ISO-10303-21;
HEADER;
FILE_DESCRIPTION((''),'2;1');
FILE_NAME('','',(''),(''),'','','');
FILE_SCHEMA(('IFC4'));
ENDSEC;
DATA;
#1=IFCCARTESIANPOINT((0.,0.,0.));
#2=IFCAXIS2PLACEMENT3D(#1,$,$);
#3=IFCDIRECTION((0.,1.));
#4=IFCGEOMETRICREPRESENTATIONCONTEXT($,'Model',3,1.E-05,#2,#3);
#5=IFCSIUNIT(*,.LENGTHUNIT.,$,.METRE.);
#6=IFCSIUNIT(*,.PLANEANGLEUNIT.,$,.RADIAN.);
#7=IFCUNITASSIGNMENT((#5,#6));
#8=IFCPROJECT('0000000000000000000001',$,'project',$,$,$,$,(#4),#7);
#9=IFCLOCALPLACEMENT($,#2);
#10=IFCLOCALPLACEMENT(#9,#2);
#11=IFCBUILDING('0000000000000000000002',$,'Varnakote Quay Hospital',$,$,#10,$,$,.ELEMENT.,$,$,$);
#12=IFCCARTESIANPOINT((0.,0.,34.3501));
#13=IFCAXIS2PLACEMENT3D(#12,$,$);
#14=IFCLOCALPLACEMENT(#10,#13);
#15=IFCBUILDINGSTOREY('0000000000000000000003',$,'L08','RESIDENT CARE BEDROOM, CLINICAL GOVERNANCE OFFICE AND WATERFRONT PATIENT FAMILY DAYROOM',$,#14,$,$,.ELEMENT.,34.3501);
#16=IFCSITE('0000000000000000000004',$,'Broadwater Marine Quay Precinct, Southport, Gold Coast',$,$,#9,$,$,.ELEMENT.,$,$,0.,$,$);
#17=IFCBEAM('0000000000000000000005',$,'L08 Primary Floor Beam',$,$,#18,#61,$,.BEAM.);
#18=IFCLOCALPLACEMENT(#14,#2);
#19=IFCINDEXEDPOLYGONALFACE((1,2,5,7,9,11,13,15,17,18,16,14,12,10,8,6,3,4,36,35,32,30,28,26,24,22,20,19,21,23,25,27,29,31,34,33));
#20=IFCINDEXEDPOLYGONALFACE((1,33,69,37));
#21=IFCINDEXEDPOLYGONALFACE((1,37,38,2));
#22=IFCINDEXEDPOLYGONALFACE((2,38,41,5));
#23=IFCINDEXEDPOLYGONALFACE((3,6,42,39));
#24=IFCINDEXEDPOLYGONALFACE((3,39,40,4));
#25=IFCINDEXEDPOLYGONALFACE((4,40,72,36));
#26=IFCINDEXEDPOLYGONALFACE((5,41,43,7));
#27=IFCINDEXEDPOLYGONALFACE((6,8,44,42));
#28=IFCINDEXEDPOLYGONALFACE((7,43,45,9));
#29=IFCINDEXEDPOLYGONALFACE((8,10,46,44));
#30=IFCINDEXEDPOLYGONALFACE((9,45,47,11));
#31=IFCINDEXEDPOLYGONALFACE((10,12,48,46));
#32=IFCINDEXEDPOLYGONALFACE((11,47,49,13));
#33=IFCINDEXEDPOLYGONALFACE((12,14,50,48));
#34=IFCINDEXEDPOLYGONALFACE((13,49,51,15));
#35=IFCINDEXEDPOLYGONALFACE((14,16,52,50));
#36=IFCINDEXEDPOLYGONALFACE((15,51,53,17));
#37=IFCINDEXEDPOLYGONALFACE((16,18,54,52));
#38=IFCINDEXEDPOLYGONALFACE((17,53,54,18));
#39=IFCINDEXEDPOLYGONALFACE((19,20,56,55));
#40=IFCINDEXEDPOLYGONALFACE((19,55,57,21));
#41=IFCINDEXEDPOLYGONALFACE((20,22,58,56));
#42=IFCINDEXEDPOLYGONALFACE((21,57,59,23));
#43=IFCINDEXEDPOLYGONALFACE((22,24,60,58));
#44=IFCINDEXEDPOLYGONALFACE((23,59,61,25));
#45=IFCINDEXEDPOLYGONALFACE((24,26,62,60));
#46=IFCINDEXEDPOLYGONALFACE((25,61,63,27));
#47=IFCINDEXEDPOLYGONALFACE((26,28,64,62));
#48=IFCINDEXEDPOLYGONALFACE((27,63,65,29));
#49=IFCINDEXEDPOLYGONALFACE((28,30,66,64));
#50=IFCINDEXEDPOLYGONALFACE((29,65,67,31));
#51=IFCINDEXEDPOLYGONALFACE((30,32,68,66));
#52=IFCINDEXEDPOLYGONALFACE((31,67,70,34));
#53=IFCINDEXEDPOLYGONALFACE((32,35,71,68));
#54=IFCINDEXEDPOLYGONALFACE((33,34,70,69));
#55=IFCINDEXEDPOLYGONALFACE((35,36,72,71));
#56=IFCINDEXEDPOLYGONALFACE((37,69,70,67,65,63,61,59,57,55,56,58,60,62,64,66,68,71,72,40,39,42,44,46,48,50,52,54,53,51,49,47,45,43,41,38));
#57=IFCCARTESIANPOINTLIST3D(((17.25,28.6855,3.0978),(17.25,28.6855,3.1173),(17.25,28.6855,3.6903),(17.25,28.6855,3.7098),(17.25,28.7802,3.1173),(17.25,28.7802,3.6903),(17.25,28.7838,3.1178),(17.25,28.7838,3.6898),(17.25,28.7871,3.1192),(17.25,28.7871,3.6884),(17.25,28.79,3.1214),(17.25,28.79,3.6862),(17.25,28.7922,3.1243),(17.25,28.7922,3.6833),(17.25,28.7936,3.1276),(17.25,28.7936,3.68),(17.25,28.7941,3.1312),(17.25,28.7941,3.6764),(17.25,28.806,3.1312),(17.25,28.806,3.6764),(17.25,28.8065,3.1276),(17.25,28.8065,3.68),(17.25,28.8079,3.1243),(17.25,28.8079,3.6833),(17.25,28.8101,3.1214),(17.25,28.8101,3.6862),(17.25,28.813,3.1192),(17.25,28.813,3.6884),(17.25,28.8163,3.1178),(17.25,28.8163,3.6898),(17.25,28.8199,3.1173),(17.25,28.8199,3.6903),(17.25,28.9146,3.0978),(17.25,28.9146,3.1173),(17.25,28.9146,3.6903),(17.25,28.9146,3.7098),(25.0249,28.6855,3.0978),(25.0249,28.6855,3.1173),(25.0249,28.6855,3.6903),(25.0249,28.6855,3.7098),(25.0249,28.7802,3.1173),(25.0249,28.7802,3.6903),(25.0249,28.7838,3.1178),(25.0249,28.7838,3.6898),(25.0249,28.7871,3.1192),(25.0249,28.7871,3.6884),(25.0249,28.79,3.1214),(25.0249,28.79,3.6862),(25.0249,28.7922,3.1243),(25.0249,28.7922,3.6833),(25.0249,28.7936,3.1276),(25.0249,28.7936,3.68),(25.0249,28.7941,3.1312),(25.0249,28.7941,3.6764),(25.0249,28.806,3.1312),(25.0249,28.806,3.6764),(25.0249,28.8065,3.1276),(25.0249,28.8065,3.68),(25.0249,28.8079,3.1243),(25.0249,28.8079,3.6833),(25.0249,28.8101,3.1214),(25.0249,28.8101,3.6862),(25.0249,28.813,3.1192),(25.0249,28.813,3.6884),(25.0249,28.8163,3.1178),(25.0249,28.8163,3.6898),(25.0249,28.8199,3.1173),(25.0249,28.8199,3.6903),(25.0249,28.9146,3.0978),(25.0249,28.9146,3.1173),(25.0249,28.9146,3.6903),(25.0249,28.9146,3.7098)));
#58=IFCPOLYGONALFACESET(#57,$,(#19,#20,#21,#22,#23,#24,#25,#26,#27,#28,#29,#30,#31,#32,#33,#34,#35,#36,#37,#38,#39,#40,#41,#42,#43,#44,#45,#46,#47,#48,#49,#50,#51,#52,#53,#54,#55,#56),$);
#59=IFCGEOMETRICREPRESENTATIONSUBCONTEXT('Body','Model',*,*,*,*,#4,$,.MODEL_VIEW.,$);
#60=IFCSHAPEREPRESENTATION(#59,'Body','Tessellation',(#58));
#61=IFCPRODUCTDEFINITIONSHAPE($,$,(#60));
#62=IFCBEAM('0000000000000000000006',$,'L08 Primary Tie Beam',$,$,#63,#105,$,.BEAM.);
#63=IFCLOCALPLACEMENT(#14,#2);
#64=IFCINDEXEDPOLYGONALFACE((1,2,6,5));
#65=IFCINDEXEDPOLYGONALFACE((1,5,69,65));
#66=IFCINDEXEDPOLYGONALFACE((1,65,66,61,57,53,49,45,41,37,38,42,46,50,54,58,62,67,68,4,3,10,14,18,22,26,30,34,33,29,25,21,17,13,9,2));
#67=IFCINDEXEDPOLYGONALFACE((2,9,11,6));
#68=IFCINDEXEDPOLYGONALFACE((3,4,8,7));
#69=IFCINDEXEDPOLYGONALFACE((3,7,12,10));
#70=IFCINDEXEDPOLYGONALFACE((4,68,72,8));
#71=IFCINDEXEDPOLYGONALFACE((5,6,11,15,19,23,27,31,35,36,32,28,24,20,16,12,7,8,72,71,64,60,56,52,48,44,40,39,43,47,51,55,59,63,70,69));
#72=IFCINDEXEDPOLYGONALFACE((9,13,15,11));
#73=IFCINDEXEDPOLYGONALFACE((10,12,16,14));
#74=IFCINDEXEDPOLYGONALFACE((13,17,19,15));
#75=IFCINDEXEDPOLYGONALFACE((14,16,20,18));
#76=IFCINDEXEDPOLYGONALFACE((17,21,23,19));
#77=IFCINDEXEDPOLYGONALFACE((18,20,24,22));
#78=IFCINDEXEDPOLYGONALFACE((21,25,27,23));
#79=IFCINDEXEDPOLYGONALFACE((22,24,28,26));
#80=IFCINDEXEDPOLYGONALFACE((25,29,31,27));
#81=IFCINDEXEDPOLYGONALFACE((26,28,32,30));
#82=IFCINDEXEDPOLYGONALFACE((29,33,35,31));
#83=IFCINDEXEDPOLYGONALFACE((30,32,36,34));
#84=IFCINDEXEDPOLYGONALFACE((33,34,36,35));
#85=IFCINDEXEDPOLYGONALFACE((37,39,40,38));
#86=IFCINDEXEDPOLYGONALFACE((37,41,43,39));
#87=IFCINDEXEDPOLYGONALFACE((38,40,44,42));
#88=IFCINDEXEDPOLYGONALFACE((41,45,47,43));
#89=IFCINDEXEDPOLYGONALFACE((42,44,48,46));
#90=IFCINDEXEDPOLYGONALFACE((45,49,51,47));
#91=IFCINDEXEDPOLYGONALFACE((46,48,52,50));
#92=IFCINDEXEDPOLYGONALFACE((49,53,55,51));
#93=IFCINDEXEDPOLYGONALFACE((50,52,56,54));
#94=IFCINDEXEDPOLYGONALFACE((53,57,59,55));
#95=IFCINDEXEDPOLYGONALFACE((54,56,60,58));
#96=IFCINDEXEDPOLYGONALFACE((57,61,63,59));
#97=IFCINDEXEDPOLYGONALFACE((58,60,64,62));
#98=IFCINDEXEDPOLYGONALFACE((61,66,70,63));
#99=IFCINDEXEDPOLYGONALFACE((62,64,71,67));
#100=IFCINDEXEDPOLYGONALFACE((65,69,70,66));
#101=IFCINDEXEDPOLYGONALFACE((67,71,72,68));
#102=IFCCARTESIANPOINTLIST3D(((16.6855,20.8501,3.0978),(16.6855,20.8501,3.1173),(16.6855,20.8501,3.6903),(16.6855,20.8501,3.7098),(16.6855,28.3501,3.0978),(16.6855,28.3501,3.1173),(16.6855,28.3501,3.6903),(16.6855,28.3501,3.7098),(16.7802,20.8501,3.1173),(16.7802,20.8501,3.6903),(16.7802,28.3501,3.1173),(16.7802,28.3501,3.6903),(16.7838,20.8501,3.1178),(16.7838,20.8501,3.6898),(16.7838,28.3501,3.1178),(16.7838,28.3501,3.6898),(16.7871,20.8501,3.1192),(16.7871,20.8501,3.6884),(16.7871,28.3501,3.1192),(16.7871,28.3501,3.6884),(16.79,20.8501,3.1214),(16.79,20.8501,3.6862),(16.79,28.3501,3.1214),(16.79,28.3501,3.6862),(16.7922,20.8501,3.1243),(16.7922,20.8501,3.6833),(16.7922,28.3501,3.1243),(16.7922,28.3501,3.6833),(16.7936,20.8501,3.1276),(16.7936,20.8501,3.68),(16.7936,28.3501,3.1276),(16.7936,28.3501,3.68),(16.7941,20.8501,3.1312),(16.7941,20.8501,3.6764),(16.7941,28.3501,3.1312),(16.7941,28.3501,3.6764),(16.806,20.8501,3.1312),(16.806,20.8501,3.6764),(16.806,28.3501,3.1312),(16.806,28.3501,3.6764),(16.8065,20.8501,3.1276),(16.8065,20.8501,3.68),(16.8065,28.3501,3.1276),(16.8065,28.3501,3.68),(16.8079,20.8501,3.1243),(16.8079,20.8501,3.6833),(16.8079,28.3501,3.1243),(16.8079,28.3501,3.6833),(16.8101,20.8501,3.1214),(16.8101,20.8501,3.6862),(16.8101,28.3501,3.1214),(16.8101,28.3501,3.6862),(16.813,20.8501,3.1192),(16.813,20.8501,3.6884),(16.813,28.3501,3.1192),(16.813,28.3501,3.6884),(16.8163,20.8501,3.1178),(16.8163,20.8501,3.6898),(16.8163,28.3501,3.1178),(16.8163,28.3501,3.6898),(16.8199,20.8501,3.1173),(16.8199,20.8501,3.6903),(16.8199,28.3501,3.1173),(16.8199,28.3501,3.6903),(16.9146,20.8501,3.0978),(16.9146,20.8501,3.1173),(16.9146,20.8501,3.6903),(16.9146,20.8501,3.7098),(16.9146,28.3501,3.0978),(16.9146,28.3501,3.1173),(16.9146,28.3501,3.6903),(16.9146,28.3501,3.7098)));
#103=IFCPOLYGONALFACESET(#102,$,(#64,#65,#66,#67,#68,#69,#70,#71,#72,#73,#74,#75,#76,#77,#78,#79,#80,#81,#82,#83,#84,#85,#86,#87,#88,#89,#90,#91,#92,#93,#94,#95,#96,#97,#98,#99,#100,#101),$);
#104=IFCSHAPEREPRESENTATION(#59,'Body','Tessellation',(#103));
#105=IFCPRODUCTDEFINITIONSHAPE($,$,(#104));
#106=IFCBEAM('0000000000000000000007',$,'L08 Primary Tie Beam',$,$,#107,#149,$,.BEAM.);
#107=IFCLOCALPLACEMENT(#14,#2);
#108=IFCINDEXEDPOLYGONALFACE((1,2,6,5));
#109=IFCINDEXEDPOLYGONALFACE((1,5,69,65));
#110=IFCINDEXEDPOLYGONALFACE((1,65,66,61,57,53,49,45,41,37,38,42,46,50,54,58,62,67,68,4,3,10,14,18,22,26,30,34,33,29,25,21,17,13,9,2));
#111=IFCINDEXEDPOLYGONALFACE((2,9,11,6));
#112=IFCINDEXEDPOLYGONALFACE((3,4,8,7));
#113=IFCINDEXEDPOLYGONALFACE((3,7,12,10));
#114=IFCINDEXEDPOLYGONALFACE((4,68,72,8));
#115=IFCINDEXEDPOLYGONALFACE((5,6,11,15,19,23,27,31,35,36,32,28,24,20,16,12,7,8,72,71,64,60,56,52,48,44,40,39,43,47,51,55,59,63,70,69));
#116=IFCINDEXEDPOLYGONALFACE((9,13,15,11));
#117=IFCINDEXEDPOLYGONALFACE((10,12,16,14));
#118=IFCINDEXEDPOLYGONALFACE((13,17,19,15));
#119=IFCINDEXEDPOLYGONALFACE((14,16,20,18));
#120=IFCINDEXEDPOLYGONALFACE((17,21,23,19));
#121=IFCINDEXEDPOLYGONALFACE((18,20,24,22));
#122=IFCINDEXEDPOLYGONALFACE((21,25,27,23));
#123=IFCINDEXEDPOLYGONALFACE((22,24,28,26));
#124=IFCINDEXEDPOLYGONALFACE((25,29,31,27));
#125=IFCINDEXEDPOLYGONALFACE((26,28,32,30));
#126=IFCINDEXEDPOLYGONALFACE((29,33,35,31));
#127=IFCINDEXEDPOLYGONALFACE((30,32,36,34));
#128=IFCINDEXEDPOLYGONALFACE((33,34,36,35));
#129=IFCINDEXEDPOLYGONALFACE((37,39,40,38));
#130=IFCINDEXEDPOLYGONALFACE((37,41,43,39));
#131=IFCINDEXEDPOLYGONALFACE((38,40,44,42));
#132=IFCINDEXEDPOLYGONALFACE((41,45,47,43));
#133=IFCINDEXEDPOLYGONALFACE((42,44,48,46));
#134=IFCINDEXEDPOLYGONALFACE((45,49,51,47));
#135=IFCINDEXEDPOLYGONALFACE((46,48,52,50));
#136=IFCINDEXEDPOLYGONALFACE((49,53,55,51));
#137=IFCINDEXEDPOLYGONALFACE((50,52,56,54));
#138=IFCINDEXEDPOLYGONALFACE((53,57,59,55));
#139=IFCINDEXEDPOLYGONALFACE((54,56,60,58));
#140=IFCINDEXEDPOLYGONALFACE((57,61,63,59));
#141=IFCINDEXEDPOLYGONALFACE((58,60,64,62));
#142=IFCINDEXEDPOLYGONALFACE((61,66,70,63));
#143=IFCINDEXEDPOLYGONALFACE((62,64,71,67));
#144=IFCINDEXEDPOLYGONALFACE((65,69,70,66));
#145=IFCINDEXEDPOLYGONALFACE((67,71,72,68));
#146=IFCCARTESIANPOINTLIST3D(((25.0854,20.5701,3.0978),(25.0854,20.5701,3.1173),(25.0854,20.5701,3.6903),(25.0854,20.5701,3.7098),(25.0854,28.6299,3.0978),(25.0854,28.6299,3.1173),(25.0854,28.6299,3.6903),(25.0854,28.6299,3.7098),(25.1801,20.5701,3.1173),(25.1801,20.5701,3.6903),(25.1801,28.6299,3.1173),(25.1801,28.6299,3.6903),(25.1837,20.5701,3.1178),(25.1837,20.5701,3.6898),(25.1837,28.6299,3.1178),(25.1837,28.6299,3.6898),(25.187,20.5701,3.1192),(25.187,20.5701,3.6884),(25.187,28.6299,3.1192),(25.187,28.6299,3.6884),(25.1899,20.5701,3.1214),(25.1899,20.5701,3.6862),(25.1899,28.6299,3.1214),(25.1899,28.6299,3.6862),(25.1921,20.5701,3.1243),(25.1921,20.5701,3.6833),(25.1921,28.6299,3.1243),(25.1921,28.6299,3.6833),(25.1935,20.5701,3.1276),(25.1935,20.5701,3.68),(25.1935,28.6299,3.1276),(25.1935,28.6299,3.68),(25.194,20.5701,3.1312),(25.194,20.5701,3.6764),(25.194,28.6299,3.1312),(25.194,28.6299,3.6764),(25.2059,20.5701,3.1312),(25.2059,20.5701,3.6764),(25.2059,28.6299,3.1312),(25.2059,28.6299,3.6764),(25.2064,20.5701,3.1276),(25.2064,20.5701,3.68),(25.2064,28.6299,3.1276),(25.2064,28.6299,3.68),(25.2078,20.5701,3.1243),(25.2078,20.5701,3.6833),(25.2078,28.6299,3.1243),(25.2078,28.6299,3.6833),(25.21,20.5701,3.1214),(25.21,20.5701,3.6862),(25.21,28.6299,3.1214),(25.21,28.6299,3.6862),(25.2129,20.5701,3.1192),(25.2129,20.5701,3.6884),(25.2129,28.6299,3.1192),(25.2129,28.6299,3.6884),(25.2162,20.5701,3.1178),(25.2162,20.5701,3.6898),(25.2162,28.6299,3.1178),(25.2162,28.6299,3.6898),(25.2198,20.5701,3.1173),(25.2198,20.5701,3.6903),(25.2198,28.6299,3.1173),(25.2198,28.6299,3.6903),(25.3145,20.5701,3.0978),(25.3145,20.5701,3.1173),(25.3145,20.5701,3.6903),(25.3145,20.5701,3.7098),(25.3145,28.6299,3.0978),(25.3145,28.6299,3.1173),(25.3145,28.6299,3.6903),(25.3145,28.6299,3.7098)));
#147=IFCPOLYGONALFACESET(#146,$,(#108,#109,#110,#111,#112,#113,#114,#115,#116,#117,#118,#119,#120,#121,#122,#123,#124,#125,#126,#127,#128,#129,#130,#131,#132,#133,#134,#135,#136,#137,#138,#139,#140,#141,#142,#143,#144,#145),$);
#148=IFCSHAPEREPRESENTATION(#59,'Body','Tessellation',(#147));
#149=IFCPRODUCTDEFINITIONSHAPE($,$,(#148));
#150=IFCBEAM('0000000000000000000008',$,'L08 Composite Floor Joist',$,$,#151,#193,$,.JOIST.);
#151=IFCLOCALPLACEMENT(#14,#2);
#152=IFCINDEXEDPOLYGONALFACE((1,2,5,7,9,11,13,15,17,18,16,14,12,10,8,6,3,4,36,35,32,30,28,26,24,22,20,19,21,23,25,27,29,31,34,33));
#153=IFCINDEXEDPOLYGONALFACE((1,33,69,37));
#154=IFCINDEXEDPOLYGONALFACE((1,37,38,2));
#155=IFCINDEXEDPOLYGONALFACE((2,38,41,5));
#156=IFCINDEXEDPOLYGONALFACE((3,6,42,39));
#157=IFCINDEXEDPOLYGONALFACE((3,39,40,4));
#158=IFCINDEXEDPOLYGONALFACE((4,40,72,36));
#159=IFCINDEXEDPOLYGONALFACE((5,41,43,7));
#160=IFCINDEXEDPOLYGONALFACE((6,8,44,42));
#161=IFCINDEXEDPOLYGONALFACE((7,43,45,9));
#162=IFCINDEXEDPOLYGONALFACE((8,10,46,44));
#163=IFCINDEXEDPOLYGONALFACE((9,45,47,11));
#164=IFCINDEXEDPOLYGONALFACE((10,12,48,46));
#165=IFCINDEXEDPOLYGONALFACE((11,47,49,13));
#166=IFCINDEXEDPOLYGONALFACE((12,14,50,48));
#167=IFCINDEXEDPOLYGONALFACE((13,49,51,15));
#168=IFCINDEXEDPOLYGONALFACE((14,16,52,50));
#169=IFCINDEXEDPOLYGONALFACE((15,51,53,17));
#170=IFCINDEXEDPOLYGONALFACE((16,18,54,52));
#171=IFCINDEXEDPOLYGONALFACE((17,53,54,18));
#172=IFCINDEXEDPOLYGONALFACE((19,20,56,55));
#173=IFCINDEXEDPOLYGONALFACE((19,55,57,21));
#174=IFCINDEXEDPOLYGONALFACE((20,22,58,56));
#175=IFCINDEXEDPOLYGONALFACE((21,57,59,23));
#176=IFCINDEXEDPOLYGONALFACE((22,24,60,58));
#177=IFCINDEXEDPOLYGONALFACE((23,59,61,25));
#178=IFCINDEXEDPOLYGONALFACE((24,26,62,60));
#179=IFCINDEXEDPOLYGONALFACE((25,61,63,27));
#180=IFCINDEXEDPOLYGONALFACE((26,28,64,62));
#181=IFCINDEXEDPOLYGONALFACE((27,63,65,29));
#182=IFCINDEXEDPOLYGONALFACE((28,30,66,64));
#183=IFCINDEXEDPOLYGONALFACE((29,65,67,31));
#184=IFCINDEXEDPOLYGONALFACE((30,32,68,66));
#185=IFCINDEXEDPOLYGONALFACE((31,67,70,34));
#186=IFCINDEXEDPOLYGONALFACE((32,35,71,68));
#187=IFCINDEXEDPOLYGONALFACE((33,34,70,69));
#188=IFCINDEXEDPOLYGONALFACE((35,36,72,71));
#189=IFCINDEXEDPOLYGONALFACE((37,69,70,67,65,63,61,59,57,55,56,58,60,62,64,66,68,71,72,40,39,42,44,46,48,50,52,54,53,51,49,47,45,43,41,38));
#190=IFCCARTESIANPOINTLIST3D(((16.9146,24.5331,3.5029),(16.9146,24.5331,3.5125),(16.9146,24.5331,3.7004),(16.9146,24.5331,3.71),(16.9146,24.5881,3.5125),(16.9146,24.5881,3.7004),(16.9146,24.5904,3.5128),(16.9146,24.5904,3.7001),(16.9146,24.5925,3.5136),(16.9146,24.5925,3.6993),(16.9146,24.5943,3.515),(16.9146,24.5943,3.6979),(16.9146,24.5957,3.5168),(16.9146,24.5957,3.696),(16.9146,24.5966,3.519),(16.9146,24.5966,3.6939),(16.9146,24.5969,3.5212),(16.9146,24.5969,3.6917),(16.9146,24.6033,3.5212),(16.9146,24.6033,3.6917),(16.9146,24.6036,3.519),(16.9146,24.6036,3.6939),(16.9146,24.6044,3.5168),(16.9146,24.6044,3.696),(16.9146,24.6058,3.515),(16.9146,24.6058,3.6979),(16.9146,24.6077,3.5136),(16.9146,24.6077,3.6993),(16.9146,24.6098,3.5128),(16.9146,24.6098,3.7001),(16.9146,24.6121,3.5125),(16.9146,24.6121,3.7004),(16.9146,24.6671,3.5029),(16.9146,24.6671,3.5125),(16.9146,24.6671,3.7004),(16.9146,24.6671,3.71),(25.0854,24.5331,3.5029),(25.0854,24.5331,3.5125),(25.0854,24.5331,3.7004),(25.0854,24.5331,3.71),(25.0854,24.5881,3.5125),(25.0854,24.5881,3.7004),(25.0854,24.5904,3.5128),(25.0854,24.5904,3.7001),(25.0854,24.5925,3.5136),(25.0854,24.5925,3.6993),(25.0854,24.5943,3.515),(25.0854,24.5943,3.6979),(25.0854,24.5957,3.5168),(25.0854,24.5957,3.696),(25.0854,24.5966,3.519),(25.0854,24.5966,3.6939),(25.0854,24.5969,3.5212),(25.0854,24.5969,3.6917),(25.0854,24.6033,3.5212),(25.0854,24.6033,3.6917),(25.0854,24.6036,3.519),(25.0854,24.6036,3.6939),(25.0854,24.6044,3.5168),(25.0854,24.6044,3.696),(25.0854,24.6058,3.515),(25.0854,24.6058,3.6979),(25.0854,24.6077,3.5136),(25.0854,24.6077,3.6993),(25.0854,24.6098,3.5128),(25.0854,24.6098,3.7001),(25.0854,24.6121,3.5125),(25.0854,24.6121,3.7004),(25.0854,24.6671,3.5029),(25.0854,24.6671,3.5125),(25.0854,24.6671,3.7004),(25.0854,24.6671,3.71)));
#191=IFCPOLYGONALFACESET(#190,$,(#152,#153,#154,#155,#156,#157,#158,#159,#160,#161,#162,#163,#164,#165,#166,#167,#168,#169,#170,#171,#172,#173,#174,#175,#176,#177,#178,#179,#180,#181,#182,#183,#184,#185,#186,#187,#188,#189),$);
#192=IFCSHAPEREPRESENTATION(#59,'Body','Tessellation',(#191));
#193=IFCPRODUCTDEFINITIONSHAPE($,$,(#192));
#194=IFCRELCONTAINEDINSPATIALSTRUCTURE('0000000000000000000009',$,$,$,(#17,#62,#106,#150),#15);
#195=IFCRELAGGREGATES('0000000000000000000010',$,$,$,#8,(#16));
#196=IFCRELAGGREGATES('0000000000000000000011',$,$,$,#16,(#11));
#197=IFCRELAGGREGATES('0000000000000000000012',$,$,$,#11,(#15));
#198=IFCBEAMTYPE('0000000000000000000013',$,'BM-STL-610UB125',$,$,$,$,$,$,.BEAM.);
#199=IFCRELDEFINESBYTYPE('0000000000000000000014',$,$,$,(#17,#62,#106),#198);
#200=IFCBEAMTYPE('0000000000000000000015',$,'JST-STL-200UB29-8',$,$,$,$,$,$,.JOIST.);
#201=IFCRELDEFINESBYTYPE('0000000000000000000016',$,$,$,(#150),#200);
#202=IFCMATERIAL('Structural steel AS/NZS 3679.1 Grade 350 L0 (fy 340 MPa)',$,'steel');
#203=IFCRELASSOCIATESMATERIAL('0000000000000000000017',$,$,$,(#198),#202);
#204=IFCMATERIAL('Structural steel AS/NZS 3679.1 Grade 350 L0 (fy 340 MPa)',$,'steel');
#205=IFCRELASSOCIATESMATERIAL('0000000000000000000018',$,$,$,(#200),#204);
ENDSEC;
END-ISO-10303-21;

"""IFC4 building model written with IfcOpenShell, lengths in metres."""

from ifc_helpers import new_model, si_unit, direction, frame, origin, origin_2d, place, context, subcontext, project, spatial, i_section, extrude, material, material_profile, profile_set, type_object, element, save


model = new_model("IFC4")

# Units and contexts
model_context = context("Model", 3, precision=1e-05, world=origin(), true_north=direction((0.0, 1.0)))
body_context = subcontext(model_context, "Body", "Model", "MODEL_VIEW")
ifc_project = project(units=[si_unit("LENGTHUNIT", "METRE"), si_unit("PLANEANGLEUNIT", "RADIAN")], contexts=[model_context])

# Site, building, storey
site_placement = place(None, origin())
site = spatial("IfcSite", under=ifc_project, at=site_placement, Name="Broadwater Marine Quay Precinct, Southport, Gold Coast", CompositionType="ELEMENT", RefElevation=0.0)
building_placement = place(site_placement, origin())
building = spatial("IfcBuilding", under=site, at=building_placement, Name="Varnakote Quay Hospital", CompositionType="ELEMENT")
storey_placement = place(building_placement, frame((0.0, 0.0, 34.3501)))
storey = spatial("IfcBuildingStorey", under=building, at=storey_placement, Name="L08", Description="RESIDENT CARE BEDROOM, CLINICAL GOVERNANCE OFFICE AND WATERFRONT PATIENT FAMILY DAYROOM", CompositionType="ELEMENT", Elevation=34.3501)

# Beams
ifc_material_1 = material(Name="Structural steel AS/NZS 3679.1 Grade 350 L0 (fy 340 MPa)", Category="steel")
ifc_material_profile_1 = material_profile(ifc_material_1, i_section(OverallWidth=0.229, OverallDepth=0.6121, WebThickness=0.012, FlangeThickness=0.0195, FilletRadius=0.0139, at=origin_2d()), Name="610UB125")
ifc_profile_set_1 = profile_set([ifc_material_profile_1], Name="Structural steel AS/NZS 3679.1 Grade 350 L0 (fy 340 MPa)")
beam_type_1 = type_object("IfcBeamType", Name="BM-STL-610UB125", PredefinedType="BEAM", material=ifc_profile_set_1)
for number, where, z_axis, x_axis, name in (
    (1, (17.25, 28.8, 3.4038), (1.0, 0.0, 0.0), (0.0, 1.0, 0.0), "L08 Primary Floor Beam"),
):
    element("IfcBeam", number, at=place(storey_placement, frame(where, z_axis=z_axis, x_axis=x_axis)), inside=storey, type_object=beam_type_1, Name=name, PredefinedType="BEAM", context=body_context, shape_type="SweptSolid", body=[
        extrude(i_section(OverallWidth=0.229, OverallDepth=0.6121, WebThickness=0.012, FlangeThickness=0.0195, FilletRadius=0.0139, at=origin_2d()), origin(), (0.0, 0.0, 1.0), 7.7749),
    ])
beam_1_placement = place(storey_placement, frame((16.8, 20.8501, 3.4038), z_axis=(0.0, 1.0, 0.0), x_axis=(-1.0, 0.0, 0.0)))
element("IfcBeam", 2, at=beam_1_placement, inside=storey, type_object=beam_type_1, Name="L08 Primary Tie Beam", PredefinedType="BEAM", context=body_context, shape_type="SweptSolid", body=[
    extrude(i_section(OverallWidth=0.229, OverallDepth=0.6121, WebThickness=0.012, FlangeThickness=0.0195, FilletRadius=0.0139, at=origin_2d()), origin(), (0.0, 0.0, 1.0), 7.5),
])
beam_2_placement = place(storey_placement, frame((25.2, 20.5701, 3.4038), z_axis=(0.0, 1.0, 0.0), x_axis=(-1.0, 0.0, 0.0)))
element("IfcBeam", 3, at=beam_2_placement, inside=storey, type_object=beam_type_1, Name="L08 Primary Tie Beam", PredefinedType="BEAM", context=body_context, shape_type="SweptSolid", body=[
    extrude(i_section(OverallWidth=0.229, OverallDepth=0.6121, WebThickness=0.012, FlangeThickness=0.0195, FilletRadius=0.0139, at=origin_2d()), origin(), (0.0, 0.0, 1.0), 8.0598),
])
ifc_material_2 = material(Name="Structural steel AS/NZS 3679.1 Grade 350 L0 (fy 340 MPa)", Category="steel")
ifc_material_profile_2 = material_profile(ifc_material_2, i_section(OverallWidth=0.134, OverallDepth=0.207, WebThickness=0.0063, FlangeThickness=0.0095, FilletRadius=0.0088, at=origin_2d()), Name="200UB29.8")
ifc_profile_set_2 = profile_set([ifc_material_profile_2], Name="Structural steel AS/NZS 3679.1 Grade 350 L0 (fy 340 MPa)")
beam_type_2 = type_object("IfcBeamType", Name="JST-STL-200UB29-8", PredefinedType="JOIST", material=ifc_profile_set_2)
beam_3_placement = place(storey_placement, frame((16.9146, 24.6001, 3.6064), z_axis=(1.0, 0.0, 0.0), x_axis=(0.0, 1.0, 0.0)))
element("IfcBeam", 4, at=beam_3_placement, inside=storey, type_object=beam_type_2, Name="L08 Composite Floor Joist", PredefinedType="JOIST", context=body_context, shape_type="SweptSolid", body=[
    extrude(i_section(OverallWidth=0.134, OverallDepth=0.207, WebThickness=0.0063, FlangeThickness=0.0095, FilletRadius=0.0088, at=origin_2d()), origin(), (0.0, 0.0, 1.0), 8.1709),
])

save(model, "model.ifc")
